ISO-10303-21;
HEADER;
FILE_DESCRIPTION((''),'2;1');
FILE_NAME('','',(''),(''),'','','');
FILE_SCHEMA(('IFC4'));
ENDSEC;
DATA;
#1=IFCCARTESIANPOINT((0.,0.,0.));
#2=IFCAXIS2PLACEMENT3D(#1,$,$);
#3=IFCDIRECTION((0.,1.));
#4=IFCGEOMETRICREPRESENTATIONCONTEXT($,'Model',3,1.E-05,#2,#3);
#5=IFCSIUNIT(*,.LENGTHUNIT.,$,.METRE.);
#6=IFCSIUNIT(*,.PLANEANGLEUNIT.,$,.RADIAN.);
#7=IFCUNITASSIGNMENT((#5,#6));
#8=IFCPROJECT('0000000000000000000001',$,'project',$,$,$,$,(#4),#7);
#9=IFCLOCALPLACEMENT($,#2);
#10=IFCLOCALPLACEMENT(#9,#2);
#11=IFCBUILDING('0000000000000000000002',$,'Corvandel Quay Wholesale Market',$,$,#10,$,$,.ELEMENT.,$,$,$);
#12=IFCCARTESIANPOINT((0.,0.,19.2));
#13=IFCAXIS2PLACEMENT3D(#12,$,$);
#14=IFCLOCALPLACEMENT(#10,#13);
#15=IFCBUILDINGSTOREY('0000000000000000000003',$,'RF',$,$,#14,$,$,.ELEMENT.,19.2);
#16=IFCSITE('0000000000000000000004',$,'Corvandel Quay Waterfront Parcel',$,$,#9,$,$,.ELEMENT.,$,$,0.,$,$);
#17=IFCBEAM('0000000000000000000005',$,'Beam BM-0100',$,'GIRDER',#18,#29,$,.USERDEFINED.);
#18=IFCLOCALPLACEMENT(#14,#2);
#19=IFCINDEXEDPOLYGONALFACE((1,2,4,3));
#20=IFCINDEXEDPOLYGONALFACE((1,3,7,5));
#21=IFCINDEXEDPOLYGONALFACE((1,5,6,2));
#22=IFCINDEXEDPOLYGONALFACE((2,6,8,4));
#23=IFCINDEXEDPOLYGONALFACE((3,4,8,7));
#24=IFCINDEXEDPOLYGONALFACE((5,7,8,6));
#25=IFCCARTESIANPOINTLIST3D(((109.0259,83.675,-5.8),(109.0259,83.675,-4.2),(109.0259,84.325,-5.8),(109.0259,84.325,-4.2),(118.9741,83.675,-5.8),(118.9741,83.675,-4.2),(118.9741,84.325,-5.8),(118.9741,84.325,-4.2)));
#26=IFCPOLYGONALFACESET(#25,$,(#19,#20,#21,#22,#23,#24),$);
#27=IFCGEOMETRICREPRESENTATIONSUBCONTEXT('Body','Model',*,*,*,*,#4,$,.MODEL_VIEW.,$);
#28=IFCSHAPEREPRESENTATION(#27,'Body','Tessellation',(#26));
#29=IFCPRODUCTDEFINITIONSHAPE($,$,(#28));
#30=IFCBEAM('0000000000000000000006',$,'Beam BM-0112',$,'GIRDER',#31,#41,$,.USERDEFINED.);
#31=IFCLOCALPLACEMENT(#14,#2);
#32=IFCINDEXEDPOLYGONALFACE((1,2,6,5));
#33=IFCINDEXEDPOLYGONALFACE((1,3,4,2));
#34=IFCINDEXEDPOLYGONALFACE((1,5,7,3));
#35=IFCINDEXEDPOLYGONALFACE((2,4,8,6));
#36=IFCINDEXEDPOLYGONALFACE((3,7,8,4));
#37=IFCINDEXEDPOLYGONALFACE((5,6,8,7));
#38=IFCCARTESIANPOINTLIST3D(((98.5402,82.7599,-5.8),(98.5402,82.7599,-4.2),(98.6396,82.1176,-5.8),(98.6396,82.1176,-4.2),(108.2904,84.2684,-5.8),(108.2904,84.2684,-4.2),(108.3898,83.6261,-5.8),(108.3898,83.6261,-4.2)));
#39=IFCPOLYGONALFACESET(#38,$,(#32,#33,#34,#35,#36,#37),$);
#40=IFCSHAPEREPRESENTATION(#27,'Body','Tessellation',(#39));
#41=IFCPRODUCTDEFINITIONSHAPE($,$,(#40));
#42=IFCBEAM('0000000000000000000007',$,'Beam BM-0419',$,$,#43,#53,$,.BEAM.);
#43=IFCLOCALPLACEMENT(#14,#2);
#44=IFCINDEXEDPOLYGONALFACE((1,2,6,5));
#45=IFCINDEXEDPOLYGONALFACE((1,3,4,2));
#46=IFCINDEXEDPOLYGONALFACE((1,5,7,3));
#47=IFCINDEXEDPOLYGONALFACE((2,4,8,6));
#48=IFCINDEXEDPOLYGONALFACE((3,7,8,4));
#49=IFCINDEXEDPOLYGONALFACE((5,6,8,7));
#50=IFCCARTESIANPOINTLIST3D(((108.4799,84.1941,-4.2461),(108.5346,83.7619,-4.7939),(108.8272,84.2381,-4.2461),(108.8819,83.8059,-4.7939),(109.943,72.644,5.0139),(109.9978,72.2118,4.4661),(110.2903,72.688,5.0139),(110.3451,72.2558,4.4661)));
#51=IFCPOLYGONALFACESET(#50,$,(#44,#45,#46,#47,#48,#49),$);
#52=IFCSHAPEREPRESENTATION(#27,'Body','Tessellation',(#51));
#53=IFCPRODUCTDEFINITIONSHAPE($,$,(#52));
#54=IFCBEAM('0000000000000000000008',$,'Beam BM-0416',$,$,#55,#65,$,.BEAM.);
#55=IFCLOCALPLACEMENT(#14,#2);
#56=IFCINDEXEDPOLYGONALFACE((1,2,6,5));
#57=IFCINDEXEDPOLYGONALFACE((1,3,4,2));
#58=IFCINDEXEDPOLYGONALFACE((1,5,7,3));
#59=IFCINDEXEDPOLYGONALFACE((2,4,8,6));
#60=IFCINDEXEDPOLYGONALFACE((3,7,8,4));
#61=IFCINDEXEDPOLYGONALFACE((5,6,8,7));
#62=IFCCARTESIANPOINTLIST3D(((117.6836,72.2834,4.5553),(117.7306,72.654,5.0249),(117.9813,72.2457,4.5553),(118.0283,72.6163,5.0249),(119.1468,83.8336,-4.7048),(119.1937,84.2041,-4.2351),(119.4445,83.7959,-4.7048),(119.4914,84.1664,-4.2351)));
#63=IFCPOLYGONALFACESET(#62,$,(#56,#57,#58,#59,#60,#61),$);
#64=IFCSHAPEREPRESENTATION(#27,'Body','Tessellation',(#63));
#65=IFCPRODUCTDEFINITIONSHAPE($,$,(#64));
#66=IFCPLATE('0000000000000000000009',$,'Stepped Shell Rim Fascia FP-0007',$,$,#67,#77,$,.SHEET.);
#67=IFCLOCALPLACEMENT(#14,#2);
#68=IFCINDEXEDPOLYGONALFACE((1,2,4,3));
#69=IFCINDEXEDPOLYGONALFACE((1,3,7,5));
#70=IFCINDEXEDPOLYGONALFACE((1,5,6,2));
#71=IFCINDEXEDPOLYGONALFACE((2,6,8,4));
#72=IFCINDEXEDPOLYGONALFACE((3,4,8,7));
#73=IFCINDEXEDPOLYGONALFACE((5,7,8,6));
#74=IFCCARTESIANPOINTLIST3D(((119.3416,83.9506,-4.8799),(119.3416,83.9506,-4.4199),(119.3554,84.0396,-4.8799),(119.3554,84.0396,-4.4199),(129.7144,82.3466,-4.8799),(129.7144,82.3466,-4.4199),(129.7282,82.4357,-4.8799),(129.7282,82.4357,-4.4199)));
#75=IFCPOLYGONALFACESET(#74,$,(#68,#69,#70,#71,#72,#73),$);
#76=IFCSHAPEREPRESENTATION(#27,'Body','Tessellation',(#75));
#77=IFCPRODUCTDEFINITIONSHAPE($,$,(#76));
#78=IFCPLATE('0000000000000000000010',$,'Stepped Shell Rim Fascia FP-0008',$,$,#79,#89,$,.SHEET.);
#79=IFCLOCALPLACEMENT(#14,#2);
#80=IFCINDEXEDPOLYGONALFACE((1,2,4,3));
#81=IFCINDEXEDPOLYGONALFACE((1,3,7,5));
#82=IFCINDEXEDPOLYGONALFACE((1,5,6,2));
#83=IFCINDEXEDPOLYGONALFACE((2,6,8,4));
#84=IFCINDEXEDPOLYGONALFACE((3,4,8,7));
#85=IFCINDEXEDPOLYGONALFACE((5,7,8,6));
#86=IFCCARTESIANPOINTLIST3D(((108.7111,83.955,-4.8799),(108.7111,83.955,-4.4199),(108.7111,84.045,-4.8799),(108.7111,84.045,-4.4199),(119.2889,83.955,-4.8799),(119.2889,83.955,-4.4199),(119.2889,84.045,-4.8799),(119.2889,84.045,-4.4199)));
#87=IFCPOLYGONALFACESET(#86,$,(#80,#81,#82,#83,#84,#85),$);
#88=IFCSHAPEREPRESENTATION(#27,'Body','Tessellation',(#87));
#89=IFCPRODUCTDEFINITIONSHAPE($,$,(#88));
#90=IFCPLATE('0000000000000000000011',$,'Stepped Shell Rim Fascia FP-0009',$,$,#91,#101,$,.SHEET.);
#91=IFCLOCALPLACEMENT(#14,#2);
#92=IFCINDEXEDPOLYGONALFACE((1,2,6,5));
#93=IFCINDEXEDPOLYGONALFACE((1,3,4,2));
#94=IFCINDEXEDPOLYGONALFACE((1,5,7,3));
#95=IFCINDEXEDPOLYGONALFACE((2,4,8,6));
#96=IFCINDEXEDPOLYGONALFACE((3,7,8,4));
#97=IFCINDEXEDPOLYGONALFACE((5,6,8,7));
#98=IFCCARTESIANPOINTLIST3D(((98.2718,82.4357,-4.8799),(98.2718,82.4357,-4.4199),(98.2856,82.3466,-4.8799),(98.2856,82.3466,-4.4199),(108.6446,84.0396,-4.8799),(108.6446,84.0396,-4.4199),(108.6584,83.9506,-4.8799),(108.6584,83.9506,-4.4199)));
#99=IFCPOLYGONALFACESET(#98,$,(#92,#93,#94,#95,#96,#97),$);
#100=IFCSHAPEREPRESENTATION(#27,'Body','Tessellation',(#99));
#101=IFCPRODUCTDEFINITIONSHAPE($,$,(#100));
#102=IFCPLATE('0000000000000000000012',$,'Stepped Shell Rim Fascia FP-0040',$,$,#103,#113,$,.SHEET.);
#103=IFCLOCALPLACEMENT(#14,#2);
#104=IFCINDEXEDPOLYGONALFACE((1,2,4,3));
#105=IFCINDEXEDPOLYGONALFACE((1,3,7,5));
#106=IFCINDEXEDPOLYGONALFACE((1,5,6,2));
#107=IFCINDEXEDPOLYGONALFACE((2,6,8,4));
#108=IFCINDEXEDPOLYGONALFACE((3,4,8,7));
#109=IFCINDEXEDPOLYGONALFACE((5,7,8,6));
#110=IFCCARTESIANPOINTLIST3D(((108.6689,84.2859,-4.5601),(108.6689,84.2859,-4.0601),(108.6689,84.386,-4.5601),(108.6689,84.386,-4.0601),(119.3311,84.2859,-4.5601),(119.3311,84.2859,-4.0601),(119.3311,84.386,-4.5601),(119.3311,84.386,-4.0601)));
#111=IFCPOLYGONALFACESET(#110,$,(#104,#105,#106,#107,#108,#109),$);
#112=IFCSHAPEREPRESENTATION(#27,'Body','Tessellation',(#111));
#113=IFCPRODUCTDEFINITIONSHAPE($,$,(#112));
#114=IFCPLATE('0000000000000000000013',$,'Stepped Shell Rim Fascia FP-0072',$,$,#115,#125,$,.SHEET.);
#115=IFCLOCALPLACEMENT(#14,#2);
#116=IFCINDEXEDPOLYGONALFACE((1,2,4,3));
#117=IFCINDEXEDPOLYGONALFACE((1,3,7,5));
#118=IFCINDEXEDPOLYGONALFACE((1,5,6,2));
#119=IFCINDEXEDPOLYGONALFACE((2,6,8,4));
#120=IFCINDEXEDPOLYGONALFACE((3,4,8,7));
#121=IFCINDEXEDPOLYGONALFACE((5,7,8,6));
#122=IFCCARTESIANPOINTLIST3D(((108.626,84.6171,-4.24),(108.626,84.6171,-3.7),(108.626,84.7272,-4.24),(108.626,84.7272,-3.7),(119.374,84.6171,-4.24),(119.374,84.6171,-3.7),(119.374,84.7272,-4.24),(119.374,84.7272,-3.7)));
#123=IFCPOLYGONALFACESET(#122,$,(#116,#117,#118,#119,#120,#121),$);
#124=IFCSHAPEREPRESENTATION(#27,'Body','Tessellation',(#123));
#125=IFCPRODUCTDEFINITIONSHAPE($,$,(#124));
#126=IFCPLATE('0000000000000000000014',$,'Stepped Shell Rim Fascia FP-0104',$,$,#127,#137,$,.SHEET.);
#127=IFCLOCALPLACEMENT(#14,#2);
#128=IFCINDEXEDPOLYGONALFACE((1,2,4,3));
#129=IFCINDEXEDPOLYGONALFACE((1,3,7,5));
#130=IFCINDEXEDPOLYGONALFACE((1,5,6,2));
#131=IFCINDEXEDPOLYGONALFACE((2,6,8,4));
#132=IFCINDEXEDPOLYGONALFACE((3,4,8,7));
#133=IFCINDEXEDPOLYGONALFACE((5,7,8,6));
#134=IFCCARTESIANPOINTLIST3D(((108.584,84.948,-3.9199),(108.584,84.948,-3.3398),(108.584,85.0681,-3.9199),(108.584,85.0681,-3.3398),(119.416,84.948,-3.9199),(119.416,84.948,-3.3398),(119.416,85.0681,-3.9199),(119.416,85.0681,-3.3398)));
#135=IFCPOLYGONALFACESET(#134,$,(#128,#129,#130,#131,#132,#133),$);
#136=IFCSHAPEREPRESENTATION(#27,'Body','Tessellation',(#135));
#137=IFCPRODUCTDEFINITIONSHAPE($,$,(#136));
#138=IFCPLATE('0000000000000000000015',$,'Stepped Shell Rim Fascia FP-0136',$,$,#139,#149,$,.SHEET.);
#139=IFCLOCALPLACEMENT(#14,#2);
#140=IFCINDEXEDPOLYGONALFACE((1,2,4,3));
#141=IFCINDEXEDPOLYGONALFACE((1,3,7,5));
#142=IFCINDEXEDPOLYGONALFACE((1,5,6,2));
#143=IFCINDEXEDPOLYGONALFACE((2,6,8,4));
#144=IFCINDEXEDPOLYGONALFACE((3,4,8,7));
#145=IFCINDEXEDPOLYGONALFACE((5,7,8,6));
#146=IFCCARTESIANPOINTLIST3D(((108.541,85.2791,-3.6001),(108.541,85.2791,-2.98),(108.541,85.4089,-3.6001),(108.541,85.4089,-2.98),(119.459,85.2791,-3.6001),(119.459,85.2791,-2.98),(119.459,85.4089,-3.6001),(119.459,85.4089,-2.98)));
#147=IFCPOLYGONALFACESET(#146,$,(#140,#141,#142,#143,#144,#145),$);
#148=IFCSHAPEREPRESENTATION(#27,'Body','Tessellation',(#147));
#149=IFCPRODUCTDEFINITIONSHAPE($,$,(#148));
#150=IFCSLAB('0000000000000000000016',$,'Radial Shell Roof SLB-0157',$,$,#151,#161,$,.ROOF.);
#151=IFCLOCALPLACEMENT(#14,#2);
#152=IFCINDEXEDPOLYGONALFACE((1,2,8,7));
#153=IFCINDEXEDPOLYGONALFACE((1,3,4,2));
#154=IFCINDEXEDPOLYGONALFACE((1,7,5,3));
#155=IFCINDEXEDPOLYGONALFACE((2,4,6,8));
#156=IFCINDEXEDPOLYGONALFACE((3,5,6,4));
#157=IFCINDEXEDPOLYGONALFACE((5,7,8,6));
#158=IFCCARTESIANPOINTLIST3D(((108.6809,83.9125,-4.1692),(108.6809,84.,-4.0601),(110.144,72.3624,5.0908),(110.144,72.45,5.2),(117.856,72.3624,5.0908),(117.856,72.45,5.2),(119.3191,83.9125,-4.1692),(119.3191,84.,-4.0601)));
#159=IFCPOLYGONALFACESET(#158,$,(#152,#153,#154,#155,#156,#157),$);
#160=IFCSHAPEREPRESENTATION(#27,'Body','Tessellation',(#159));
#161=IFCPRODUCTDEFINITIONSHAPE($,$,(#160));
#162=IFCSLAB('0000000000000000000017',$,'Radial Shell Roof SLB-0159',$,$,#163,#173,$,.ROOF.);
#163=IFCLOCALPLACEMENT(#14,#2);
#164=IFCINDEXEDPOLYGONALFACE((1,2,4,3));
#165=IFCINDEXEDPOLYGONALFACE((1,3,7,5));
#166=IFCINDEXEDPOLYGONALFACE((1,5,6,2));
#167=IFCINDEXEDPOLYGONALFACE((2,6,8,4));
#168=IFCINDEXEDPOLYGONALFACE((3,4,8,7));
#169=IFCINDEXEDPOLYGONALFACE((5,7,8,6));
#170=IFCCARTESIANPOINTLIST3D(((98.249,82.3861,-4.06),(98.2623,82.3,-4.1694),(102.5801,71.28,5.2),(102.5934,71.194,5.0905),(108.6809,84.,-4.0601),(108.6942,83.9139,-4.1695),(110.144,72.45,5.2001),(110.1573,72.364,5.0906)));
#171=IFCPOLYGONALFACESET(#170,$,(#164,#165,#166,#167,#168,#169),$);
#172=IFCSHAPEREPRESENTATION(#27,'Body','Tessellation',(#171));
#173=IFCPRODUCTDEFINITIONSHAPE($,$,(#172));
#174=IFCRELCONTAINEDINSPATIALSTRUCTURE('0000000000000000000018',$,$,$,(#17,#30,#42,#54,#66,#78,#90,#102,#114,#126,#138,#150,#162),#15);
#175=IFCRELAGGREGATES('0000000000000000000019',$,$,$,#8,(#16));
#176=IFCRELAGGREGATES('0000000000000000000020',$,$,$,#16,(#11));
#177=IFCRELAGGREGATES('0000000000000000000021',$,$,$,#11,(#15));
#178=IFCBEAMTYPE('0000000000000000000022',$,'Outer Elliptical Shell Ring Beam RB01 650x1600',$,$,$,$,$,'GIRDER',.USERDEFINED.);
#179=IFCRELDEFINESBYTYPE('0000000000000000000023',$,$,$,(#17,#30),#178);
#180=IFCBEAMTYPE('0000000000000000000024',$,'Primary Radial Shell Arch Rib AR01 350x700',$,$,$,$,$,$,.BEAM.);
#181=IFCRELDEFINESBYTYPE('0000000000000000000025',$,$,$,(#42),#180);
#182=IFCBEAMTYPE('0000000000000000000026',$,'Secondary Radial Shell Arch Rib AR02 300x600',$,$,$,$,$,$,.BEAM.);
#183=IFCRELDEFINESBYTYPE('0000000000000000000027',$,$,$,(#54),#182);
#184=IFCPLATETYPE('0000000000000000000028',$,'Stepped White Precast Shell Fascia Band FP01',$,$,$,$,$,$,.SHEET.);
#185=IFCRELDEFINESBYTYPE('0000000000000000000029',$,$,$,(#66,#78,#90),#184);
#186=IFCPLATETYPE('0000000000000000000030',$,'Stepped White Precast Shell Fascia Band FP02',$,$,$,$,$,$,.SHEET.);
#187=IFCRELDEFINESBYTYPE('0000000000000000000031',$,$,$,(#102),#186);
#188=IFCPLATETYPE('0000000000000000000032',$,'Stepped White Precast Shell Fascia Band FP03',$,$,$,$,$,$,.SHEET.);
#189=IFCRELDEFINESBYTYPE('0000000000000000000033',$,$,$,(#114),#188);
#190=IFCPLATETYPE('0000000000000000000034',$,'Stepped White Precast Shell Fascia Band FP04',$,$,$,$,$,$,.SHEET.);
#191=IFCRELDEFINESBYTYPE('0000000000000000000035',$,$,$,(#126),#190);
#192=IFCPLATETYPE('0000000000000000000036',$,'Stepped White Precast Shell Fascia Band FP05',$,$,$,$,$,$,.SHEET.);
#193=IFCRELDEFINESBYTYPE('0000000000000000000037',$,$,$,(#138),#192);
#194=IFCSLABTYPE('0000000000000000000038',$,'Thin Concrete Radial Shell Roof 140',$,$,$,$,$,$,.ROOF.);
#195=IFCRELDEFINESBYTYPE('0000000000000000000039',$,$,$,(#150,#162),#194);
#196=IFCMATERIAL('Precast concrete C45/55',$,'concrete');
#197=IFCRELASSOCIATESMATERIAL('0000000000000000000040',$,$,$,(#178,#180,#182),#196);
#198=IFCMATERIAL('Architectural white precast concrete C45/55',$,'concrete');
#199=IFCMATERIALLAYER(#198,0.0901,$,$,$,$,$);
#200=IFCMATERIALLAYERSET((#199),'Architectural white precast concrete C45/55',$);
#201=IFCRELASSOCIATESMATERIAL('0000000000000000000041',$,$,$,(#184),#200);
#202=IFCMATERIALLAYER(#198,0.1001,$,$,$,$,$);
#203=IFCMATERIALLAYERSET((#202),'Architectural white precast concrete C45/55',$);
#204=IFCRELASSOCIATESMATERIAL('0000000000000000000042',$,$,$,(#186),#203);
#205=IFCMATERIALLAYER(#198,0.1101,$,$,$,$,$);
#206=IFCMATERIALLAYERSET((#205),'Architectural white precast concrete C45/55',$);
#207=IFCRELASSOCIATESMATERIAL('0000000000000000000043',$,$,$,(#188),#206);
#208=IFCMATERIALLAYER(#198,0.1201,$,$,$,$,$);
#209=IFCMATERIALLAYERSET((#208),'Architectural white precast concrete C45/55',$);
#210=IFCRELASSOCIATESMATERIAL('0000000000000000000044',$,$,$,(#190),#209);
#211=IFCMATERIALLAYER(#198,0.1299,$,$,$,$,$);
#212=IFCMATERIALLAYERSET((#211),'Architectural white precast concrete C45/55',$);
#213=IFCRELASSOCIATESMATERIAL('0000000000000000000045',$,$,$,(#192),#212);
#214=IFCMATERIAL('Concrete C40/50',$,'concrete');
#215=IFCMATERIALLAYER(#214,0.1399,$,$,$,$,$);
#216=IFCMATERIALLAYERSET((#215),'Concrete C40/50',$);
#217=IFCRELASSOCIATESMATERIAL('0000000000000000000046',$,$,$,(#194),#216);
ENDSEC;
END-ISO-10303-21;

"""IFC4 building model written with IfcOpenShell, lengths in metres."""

from ifc_helpers import new_model, si_unit, direction, frame, origin, origin_2d, place, context, subcontext, project, spatial, polyline, rectangle, outline, extrude, material, layer, layer_set, material_profile, profile_set, type_object, element, save


model = new_model("IFC4")

# Units and contexts
model_context = context("Model", 3, precision=1e-05, world=origin(), true_north=direction((0.0, 1.0)))
body_context = subcontext(model_context, "Body", "Model", "MODEL_VIEW")
ifc_project = project(units=[si_unit("LENGTHUNIT", "METRE"), si_unit("PLANEANGLEUNIT", "RADIAN")], contexts=[model_context])

# Site, building, storey
site_placement = place(None, origin())
site = spatial("IfcSite", under=ifc_project, at=site_placement, Name="Corvandel Quay Waterfront Parcel", CompositionType="ELEMENT", RefElevation=0.0)
building_placement = place(site_placement, origin())
building = spatial("IfcBuilding", under=site, at=building_placement, Name="Corvandel Quay Wholesale Market", CompositionType="ELEMENT")
storey_placement = place(building_placement, frame((0.0, 0.0, 19.2)))
storey = spatial("IfcBuildingStorey", under=building, at=storey_placement, Name="RF", CompositionType="ELEMENT", Elevation=19.2)

# Beams
ifc_material_1 = material(Name="Precast concrete C45/55", Category="concrete")
ifc_material_profile_1 = material_profile(ifc_material_1, rectangle(XDim=0.6499, YDim=1.6001, at=origin_2d()), Name="PC-RING-650x1600")
ifc_profile_set_1 = profile_set([ifc_material_profile_1], Name="Precast concrete C45/55")
beam_type_1 = type_object("IfcBeamType", Name="Outer Elliptical Shell Ring Beam RB01 650x1600", ElementType="GIRDER", PredefinedType="USERDEFINED", material=ifc_profile_set_1)
beam_1_placement = place(storey_placement, frame((118.9741, 84.0, -5.0), z_axis=(-1.0, 0.0, 0.0), x_axis=(0.0, -1.0, 0.0)))
element("IfcBeam", 1, at=beam_1_placement, inside=storey, type_object=beam_type_1, Name="Beam BM-0100", ObjectType="GIRDER", PredefinedType="USERDEFINED", context=body_context, shape_type="SweptSolid", body=[
    extrude(rectangle(XDim=0.6499, YDim=1.6001, at=origin_2d()), origin(), (0.0, 0.0, 1.0), 9.9482),
])
beam_2_placement = place(storey_placement, frame((108.3401, 83.9473, -5.0), z_axis=(-0.988242, -0.152899, 0.0), x_axis=(0.152899, -0.988242, 0.0)))
element("IfcBeam", 2, at=beam_2_placement, inside=storey, type_object=beam_type_1, Name="Beam BM-0112", ObjectType="GIRDER", PredefinedType="USERDEFINED", context=body_context, shape_type="SweptSolid", body=[
    extrude(rectangle(XDim=0.6499, YDim=1.6001, at=origin_2d()), origin(), (0.0, 0.0, 1.0), 9.8662),
])
ifc_material_profile_2 = material_profile(ifc_material_1, rectangle(XDim=0.3501, YDim=0.7, at=origin_2d()), Name="PC-RIB-350x700")
ifc_profile_set_2 = profile_set([ifc_material_profile_2], Name="Precast concrete C45/55")
beam_type_2 = type_object("IfcBeamType", Name="Primary Radial Shell Arch Rib AR01 350x700", PredefinedType="BEAM", material=ifc_profile_set_2)
beam_3_placement = place(storey_placement, frame((108.6809, 84.0, -4.52), z_axis=(0.098356, -0.776427, 0.622484), x_axis=(0.992072, 0.125673, 0.0)))
element("IfcBeam", 3, at=beam_3_placement, inside=storey, type_object=beam_type_2, Name="Beam BM-0419", PredefinedType="BEAM", context=body_context, shape_type="SweptSolid", body=[
    extrude(rectangle(XDim=0.3501, YDim=0.7, at=origin_2d()), origin(), (0.0, 0.0, 1.0), 14.876),
])
ifc_material_profile_3 = material_profile(ifc_material_1, rectangle(XDim=0.3, YDim=0.6001, at=origin_2d()), Name="PC-RIB-300x600")
ifc_profile_set_3 = profile_set([ifc_material_profile_3], Name="Precast concrete C45/55")
beam_type_3 = type_object("IfcBeamType", Name="Secondary Radial Shell Arch Rib AR02 300x600", PredefinedType="BEAM", material=ifc_profile_set_3)
beam_4_placement = place(storey_placement, frame((119.3191, 84.0, -4.47), z_axis=(-0.098356, -0.776427, 0.622484), x_axis=(0.992072, -0.125673, 0.0)))
element("IfcBeam", 4, at=beam_4_placement, inside=storey, type_object=beam_type_3, Name="Beam BM-0416", PredefinedType="BEAM", context=body_context, shape_type="SweptSolid", body=[
    extrude(rectangle(XDim=0.3, YDim=0.6001, at=origin_2d()), origin(), (0.0, 0.0, 1.0), 14.876),
])

# Plates
ifc_material_2 = material(Name="Architectural white precast concrete C45/55", Category="concrete")
ifc_layer_1 = layer(ifc_material_2, 0.0901)
ifc_layer_set_1 = layer_set([ifc_layer_1], Name="Architectural white precast concrete C45/55")
plate_type_1 = type_object("IfcPlateType", Name="Stepped White Precast Shell Fascia Band FP01", PredefinedType="SHEET", material=ifc_layer_set_1)
plate_1_placement = place(storey_placement, frame((124.5349, 83.1931, -4.8799), z_axis=(0.0, 0.0, 1.0), x_axis=(-0.988255, 0.152813, 0.0)))
element("IfcPlate", 5, at=plate_1_placement, inside=storey, type_object=plate_type_1, Name="Stepped Shell Rim Fascia FP-0007", PredefinedType="SHEET", context=body_context, shape_type="SweptSolid", body=[
    extrude(rectangle(XDim=10.4961, YDim=0.0901, at=origin_2d()), origin(), (0.0, 0.0, 1.0), 0.46),
])
plate_2_placement = place(storey_placement, frame((114.0, 84.0, -4.8799), z_axis=(0.0, 0.0, 1.0), x_axis=(1.0, 0.0, 0.0)))
element("IfcPlate", 6, at=plate_2_placement, inside=storey, type_object=plate_type_1, Name="Stepped Shell Rim Fascia FP-0008", PredefinedType="SHEET", context=body_context, shape_type="SweptSolid", body=[
    extrude(rectangle(XDim=10.5779, YDim=0.0901, at=origin_2d()), origin(), (0.0, 0.0, 1.0), 0.46),
])
plate_3_placement = place(storey_placement, frame((103.4651, 83.1931, -4.8799), z_axis=(0.0, 0.0, 1.0), x_axis=(0.988255, 0.152813, 0.0)))
element("IfcPlate", 7, at=plate_3_placement, inside=storey, type_object=plate_type_1, Name="Stepped Shell Rim Fascia FP-0009", PredefinedType="SHEET", context=body_context, shape_type="SweptSolid", body=[
    extrude(rectangle(XDim=10.4961, YDim=0.0901, at=origin_2d()), origin(), (0.0, 0.0, 1.0), 0.46),
])
ifc_layer_2 = layer(ifc_material_2, 0.1001)
ifc_layer_set_2 = layer_set([ifc_layer_2], Name="Architectural white precast concrete C45/55")
plate_type_2 = type_object("IfcPlateType", Name="Stepped White Precast Shell Fascia Band FP02", PredefinedType="SHEET", material=ifc_layer_set_2)
plate_4_placement = place(storey_placement, frame((114.0, 84.3359, -4.5601), z_axis=(0.0, 0.0, 1.0), x_axis=(1.0, 0.0, 0.0)))
element("IfcPlate", 8, at=plate_4_placement, inside=storey, type_object=plate_type_2, Name="Stepped Shell Rim Fascia FP-0040", PredefinedType="SHEET", context=body_context, shape_type="SweptSolid", body=[
    extrude(rectangle(XDim=10.6621, YDim=0.1001, at=origin_2d()), origin(), (0.0, 0.0, 1.0), 0.5),
])
ifc_layer_3 = layer(ifc_material_2, 0.1101)
ifc_layer_set_3 = layer_set([ifc_layer_3], Name="Architectural white precast concrete C45/55")
plate_type_3 = type_object("IfcPlateType", Name="Stepped White Precast Shell Fascia Band FP03", PredefinedType="SHEET", material=ifc_layer_set_3)
plate_5_placement = place(storey_placement, frame((114.0, 84.6721, -4.24), z_axis=(0.0, 0.0, 1.0), x_axis=(1.0, 0.0, 0.0)))
element("IfcPlate", 9, at=plate_5_placement, inside=storey, type_object=plate_type_3, Name="Stepped Shell Rim Fascia FP-0072", PredefinedType="SHEET", context=body_context, shape_type="SweptSolid", body=[
    extrude(rectangle(XDim=10.748, YDim=0.1101, at=origin_2d()), origin(), (0.0, 0.0, 1.0), 0.54),
])
ifc_layer_4 = layer(ifc_material_2, 0.1201)
ifc_layer_set_4 = layer_set([ifc_layer_4], Name="Architectural white precast concrete C45/55")
plate_type_4 = type_object("IfcPlateType", Name="Stepped White Precast Shell Fascia Band FP04", PredefinedType="SHEET", material=ifc_layer_set_4)
plate_6_placement = place(storey_placement, frame((114.0, 85.0081, -3.9199), z_axis=(0.0, 0.0, 1.0), x_axis=(1.0, 0.0, 0.0)))
element("IfcPlate", 10, at=plate_6_placement, inside=storey, type_object=plate_type_4, Name="Stepped Shell Rim Fascia FP-0104", PredefinedType="SHEET", context=body_context, shape_type="SweptSolid", body=[
    extrude(rectangle(XDim=10.832, YDim=0.1201, at=origin_2d()), origin(), (0.0, 0.0, 1.0), 0.5801),
])
ifc_layer_5 = layer(ifc_material_2, 0.1299)
ifc_layer_set_5 = layer_set([ifc_layer_5], Name="Architectural white precast concrete C45/55")
plate_type_5 = type_object("IfcPlateType", Name="Stepped White Precast Shell Fascia Band FP05", PredefinedType="SHEET", material=ifc_layer_set_5)
plate_7_placement = place(storey_placement, frame((114.0, 85.344, -3.6001), z_axis=(0.0, 0.0, 1.0), x_axis=(1.0, 0.0, 0.0)))
element("IfcPlate", 11, at=plate_7_placement, inside=storey, type_object=plate_type_5, Name="Stepped Shell Rim Fascia FP-0136", PredefinedType="SHEET", context=body_context, shape_type="SweptSolid", body=[
    extrude(rectangle(XDim=10.918, YDim=0.1299, at=origin_2d()), origin(), (0.0, 0.0, 1.0), 0.6201),
])

# Slabs
ifc_material_3 = material(Name="Concrete C40/50", Category="concrete")
ifc_layer_6 = layer(ifc_material_3, 0.1399)
ifc_layer_set_6 = layer_set([ifc_layer_6], Name="Concrete C40/50")
slab_type = type_object("IfcSlabType", Name="Thin Concrete Radial Shell Roof 140", PredefinedType="ROOF", material=ifc_layer_set_6)
slab_1_placement = place(storey_placement, frame((119.3191, 84.0, -4.0601), z_axis=(0.0, 0.625517, 0.78021), x_axis=(-1.0, 0.0, 0.0)))
element("IfcSlab", 12, at=slab_1_placement, inside=storey, type_object=slab_type, Name="Radial Shell Roof SLB-0157", PredefinedType="ROOF", context=body_context, shape_type="SweptSolid", body=[
    extrude(outline(polyline([(0.0, 0.0), (10.6382, 0.0), (9.175, 14.8038), (1.4631, 14.8038), (0.0, 0.0)])), origin(), (0.0, 0.0, -1.0), 0.1399),
])
slab_2_placement = place(storey_placement, frame((108.6809, 84.0, -4.0601), z_axis=(-0.095189, 0.615316, 0.782512), x_axis=(-0.988243, -0.152892, 0.00001)))
element("IfcSlab", 13, at=slab_2_placement, inside=storey, type_object=slab_type, Name="Radial Shell Roof SLB-0159", PredefinedType="ROOF", context=body_context, shape_type="SweptSolid", body=[
    extrude(outline(polyline([(0.0, 0.0), (10.556, 0.0), (7.974, 14.8722), (0.3201, 14.8724), (0.0, 0.0)])), origin(), (0.0, 0.0, -1.0), 0.1399),
])

save(model, "model.ifc")
